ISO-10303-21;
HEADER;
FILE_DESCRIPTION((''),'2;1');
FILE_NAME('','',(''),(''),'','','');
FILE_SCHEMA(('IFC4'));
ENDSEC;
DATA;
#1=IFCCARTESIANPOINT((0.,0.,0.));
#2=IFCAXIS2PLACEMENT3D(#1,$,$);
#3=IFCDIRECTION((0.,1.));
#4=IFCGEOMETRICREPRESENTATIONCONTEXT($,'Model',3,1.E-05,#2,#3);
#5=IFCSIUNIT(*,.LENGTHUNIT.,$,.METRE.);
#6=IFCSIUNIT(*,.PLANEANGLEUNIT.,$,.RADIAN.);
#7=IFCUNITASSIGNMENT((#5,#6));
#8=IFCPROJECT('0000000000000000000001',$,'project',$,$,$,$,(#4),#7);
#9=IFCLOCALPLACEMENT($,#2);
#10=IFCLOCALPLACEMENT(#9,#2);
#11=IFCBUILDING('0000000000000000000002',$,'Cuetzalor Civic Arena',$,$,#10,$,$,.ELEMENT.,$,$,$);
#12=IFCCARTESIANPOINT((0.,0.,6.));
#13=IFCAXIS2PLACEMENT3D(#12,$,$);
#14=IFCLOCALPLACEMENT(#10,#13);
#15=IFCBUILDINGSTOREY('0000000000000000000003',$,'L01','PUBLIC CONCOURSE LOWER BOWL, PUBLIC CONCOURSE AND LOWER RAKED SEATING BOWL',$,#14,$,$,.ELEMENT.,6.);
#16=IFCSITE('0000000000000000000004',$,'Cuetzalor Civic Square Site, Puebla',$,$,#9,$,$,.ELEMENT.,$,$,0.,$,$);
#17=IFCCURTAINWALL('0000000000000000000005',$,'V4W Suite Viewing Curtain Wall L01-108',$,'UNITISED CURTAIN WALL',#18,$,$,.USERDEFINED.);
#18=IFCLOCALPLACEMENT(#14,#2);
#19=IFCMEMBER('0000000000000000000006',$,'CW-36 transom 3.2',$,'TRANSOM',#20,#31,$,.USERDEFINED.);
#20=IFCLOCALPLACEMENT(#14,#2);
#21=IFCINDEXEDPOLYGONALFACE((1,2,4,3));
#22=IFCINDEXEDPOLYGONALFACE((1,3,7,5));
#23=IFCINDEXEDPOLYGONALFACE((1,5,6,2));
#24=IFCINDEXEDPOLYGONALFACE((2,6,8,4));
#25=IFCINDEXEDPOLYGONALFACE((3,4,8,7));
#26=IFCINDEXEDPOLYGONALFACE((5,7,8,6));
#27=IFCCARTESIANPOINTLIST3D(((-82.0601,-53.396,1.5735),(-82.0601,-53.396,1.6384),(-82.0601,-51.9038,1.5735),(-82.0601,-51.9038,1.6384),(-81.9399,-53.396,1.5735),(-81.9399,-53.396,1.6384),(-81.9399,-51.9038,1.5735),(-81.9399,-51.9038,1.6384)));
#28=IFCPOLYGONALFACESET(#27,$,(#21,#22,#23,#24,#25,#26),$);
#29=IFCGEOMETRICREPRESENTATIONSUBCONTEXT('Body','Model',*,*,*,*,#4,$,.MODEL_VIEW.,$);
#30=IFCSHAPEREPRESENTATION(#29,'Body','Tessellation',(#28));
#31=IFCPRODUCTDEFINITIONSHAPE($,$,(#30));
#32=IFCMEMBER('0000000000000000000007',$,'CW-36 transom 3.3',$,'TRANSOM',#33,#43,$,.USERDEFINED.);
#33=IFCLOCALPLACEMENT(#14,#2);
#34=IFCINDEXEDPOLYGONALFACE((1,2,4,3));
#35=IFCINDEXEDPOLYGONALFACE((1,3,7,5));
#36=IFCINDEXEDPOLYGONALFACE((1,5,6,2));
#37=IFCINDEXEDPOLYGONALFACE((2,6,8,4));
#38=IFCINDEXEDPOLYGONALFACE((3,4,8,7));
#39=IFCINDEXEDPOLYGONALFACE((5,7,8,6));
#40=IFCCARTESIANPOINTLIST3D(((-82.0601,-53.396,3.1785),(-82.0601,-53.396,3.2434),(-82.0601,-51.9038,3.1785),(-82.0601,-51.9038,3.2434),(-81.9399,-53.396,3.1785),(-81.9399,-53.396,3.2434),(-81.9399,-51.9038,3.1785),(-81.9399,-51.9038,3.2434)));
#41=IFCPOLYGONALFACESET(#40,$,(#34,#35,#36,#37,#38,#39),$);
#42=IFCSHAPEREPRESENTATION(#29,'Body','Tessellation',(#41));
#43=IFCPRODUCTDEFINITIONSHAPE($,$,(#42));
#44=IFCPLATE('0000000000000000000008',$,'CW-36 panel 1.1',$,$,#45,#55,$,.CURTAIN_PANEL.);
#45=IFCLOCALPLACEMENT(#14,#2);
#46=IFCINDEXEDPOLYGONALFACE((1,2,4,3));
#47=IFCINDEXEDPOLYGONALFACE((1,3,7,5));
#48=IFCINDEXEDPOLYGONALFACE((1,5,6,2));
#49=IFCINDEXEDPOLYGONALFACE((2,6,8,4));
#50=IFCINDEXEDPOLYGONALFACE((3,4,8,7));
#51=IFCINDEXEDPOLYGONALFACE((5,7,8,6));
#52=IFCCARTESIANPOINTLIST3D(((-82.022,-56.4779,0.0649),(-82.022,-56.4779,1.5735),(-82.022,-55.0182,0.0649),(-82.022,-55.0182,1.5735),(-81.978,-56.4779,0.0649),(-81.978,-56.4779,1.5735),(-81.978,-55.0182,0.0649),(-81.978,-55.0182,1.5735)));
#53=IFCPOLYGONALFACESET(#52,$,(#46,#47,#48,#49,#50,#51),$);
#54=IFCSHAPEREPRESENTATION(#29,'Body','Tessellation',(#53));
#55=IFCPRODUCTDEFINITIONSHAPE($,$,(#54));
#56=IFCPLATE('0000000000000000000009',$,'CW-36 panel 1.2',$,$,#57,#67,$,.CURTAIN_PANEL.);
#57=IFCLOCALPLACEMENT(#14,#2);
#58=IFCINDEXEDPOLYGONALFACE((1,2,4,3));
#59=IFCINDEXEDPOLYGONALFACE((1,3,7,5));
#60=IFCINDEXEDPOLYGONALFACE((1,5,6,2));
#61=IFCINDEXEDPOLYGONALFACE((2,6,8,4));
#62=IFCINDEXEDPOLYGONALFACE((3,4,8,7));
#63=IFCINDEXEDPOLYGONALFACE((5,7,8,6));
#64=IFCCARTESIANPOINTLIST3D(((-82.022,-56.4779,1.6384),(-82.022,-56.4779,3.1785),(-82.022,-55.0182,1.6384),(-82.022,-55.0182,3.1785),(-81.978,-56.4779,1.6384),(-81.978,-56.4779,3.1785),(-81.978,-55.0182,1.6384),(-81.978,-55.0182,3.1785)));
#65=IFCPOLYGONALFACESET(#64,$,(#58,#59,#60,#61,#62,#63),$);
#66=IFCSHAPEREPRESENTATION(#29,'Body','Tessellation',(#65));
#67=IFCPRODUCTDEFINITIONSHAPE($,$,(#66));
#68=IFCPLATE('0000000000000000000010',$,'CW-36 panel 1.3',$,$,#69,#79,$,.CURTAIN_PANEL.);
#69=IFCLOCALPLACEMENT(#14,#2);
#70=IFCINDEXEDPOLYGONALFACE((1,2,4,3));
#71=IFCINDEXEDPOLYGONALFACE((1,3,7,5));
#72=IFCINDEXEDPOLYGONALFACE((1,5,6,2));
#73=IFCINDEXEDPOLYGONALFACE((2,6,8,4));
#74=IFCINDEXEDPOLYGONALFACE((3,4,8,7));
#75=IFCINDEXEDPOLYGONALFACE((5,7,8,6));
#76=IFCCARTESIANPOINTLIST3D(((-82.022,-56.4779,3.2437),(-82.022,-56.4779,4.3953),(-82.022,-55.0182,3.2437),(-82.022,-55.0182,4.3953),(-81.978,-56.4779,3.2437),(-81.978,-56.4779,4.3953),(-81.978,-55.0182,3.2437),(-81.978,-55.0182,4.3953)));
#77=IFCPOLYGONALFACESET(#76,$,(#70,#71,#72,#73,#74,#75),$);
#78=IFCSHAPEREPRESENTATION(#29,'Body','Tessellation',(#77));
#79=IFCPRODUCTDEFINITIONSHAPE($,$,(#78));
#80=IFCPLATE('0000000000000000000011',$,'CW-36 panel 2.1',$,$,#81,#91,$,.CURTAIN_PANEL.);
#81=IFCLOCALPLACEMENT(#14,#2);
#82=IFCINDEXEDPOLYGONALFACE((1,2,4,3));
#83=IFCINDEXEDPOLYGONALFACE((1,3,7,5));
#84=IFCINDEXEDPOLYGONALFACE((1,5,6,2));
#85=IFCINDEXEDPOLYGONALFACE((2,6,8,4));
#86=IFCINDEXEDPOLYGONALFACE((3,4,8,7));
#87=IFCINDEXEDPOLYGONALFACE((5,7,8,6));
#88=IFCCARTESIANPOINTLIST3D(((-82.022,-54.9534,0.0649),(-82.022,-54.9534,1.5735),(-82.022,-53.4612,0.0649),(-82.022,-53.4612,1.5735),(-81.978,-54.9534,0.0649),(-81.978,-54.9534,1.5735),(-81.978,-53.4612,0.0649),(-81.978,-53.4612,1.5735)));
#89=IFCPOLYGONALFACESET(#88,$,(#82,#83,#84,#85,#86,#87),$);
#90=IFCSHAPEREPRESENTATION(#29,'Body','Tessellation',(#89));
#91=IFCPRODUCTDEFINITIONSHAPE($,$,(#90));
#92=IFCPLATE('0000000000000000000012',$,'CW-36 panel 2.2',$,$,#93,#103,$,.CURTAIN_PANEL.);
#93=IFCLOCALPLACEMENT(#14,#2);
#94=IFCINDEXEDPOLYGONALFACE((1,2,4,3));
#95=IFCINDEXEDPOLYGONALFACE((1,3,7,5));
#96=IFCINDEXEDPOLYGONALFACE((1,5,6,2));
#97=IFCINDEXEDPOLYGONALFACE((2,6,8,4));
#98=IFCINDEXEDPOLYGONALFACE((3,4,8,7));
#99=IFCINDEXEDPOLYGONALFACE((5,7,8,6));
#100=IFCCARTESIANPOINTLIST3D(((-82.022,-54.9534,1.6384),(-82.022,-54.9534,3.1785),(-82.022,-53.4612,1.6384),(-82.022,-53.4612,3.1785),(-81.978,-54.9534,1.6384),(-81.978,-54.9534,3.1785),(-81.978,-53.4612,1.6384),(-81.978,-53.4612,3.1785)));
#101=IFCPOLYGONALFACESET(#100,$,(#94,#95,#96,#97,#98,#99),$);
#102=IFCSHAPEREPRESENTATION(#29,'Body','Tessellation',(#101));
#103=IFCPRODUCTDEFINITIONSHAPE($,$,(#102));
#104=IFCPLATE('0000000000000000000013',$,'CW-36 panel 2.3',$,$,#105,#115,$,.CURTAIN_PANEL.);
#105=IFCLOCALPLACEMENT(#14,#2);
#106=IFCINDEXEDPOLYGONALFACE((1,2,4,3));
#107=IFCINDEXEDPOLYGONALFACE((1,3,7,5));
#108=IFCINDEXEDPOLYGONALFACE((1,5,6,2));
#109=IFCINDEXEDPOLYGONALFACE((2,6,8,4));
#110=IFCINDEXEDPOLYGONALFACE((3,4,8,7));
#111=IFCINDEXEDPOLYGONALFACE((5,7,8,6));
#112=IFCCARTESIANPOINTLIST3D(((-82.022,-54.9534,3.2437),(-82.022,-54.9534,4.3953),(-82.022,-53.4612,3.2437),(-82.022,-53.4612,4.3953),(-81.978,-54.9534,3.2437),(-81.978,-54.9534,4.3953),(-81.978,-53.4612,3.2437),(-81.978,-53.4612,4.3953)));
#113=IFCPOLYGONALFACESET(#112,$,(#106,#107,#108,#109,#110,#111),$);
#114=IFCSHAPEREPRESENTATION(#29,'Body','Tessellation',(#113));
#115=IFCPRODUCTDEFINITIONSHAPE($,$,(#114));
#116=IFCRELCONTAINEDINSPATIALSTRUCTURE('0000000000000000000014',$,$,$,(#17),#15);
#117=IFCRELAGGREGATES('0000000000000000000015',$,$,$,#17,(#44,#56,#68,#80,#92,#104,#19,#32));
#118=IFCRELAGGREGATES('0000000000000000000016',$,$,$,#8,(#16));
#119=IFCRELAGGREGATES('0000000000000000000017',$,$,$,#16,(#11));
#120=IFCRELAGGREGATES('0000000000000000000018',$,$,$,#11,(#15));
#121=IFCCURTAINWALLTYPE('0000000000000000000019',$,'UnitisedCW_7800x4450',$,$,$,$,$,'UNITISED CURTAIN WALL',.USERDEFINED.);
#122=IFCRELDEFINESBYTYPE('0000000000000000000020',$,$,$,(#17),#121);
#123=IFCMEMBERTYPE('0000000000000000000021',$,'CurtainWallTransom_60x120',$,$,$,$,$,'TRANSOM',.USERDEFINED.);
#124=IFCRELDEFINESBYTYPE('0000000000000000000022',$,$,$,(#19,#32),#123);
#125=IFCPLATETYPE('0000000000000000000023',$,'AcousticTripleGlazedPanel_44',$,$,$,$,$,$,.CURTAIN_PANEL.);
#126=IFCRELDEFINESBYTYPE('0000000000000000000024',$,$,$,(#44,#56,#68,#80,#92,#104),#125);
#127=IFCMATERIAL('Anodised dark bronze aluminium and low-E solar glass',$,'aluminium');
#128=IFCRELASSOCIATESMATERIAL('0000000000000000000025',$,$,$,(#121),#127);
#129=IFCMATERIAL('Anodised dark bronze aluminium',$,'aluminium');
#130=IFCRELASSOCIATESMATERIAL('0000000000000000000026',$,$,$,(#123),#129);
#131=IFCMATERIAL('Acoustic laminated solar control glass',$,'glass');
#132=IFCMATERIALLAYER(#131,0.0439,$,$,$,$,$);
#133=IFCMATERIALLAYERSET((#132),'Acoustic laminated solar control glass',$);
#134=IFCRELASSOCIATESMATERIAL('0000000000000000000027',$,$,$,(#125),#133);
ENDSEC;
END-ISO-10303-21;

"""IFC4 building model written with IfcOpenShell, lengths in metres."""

from ifc_helpers import new_model, si_unit, direction, frame, origin, origin_2d, place, context, subcontext, project, spatial, rectangle, extrude, material, layer, layer_set, material_profile, profile_set, type_object, element, aggregate, save


model = new_model("IFC4")

# Units and contexts
model_context = context("Model", 3, precision=1e-05, world=origin(), true_north=direction((0.0, 1.0)))
body_context = subcontext(model_context, "Body", "Model", "MODEL_VIEW")
ifc_project = project(units=[si_unit("LENGTHUNIT", "METRE"), si_unit("PLANEANGLEUNIT", "RADIAN")], contexts=[model_context])

# Site, building, storey
site_placement = place(None, origin())
site = spatial("IfcSite", under=ifc_project, at=site_placement, Name="Cuetzalor Civic Square Site, Puebla", CompositionType="ELEMENT", RefElevation=0.0)
building_placement = place(site_placement, origin())
building = spatial("IfcBuilding", under=site, at=building_placement, Name="Cuetzalor Civic Arena", CompositionType="ELEMENT")
storey_placement = place(building_placement, frame((0.0, 0.0, 6.0)))
storey = spatial("IfcBuildingStorey", under=building, at=storey_placement, Name="L01", Description="PUBLIC CONCOURSE LOWER BOWL, PUBLIC CONCOURSE AND LOWER RAKED SEATING BOWL", CompositionType="ELEMENT", Elevation=6.0)

# Curtain wall, members, plates
ifc_material_1 = material(Name="Anodised dark bronze aluminium and low-E solar glass", Category="aluminium")
curtain_wall_type = type_object("IfcCurtainWallType", Name="UnitisedCW_7800x4450", ElementType="UNITISED CURTAIN WALL", PredefinedType="USERDEFINED", material=ifc_material_1)
curtain_wall_placement = place(storey_placement, origin())
curtain_wall = element("IfcCurtainWall", 1, at=curtain_wall_placement, inside=storey, type_object=curtain_wall_type, Name="V4W Suite Viewing Curtain Wall L01-108", ObjectType="UNITISED CURTAIN WALL", PredefinedType="USERDEFINED")
ifc_material_2 = material(Name="Anodised dark bronze aluminium", Category="aluminium")
ifc_material_profile_1 = material_profile(ifc_material_2, rectangle(XDim=0.1201, YDim=0.0649, at=origin_2d()), Name="ALU TRANSOM 65x120")
ifc_profile_set_1 = profile_set([ifc_material_profile_1], Name="Anodised dark bronze aluminium")
member_type_1 = type_object("IfcMemberType", Name="CurtainWallTransom_60x120", ElementType="TRANSOM", PredefinedType="USERDEFINED", material=ifc_profile_set_1)
member_1_placement = place(storey_placement, frame((-82.0, -53.396, 1.606), z_axis=(0.0, 1.0, 0.0), x_axis=(-1.0, 0.0, 0.0)))
member_1 = element("IfcMember", 2, at=member_1_placement, type_object=member_type_1, Name="CW-36 transom 3.2", ObjectType="TRANSOM", PredefinedType="USERDEFINED", context=body_context, shape_type="SweptSolid", body=[
    extrude(rectangle(XDim=0.1201, YDim=0.0649, at=origin_2d()), origin(), (0.0, 0.0, 1.0), 1.4922),
])
member_2_placement = place(storey_placement, frame((-82.0, -53.396, 3.2109), z_axis=(0.0, 1.0, 0.0), x_axis=(-1.0, 0.0, 0.0)))
member_2 = element("IfcMember", 3, at=member_2_placement, type_object=member_type_1, Name="CW-36 transom 3.3", ObjectType="TRANSOM", PredefinedType="USERDEFINED", context=body_context, shape_type="SweptSolid", body=[
    extrude(rectangle(XDim=0.1201, YDim=0.0649, at=origin_2d()), origin(), (0.0, 0.0, 1.0), 1.4922),
])
ifc_material_3 = material(Name="Acoustic laminated solar control glass", Category="glass")
ifc_layer = layer(ifc_material_3, 0.0439)
ifc_layer_set = layer_set([ifc_layer], Name="Acoustic laminated solar control glass")
plate_type = type_object("IfcPlateType", Name="AcousticTripleGlazedPanel_44", PredefinedType="CURTAIN_PANEL", material=ifc_layer_set)
plate_1_placement = place(storey_placement, frame((-82.0, -55.748, 0.0649), z_axis=(0.0, 0.0, 1.0), x_axis=(0.0, 1.0, 0.0)))
plate_1 = element("IfcPlate", 4, at=plate_1_placement, type_object=plate_type, Name="CW-36 panel 1.1", PredefinedType="CURTAIN_PANEL", context=body_context, shape_type="SweptSolid", body=[
    extrude(rectangle(XDim=1.4597, YDim=0.0439, at=origin_2d()), origin(), (0.0, 0.0, 1.0), 1.5085),
])
plate_2_placement = place(storey_placement, frame((-82.0, -55.748, 1.6384), z_axis=(0.0, 0.0, 1.0), x_axis=(0.0, 1.0, 0.0)))
plate_2 = element("IfcPlate", 5, at=plate_2_placement, type_object=plate_type, Name="CW-36 panel 1.2", PredefinedType="CURTAIN_PANEL", context=body_context, shape_type="SweptSolid", body=[
    extrude(rectangle(XDim=1.4597, YDim=0.0439, at=origin_2d()), origin(), (0.0, 0.0, 1.0), 1.54),
])
plate_3_placement = place(storey_placement, frame((-82.0, -55.748, 3.2437), z_axis=(0.0, 0.0, 1.0), x_axis=(0.0, 1.0, 0.0)))
plate_3 = element("IfcPlate", 6, at=plate_3_placement, type_object=plate_type, Name="CW-36 panel 1.3", PredefinedType="CURTAIN_PANEL", context=body_context, shape_type="SweptSolid", body=[
    extrude(rectangle(XDim=1.4597, YDim=0.0439, at=origin_2d()), origin(), (0.0, 0.0, 1.0), 1.1516),
])
plate_4_placement = place(storey_placement, frame((-82.0, -54.2073, 0.0649), z_axis=(0.0, 0.0, 1.0), x_axis=(0.0, 1.0, 0.0)))
plate_4 = element("IfcPlate", 7, at=plate_4_placement, type_object=plate_type, Name="CW-36 panel 2.1", PredefinedType="CURTAIN_PANEL", context=body_context, shape_type="SweptSolid", body=[
    extrude(rectangle(XDim=1.4922, YDim=0.0439, at=origin_2d()), origin(), (0.0, 0.0, 1.0), 1.5085),
])
plate_5_placement = place(storey_placement, frame((-82.0, -54.2073, 1.6384), z_axis=(0.0, 0.0, 1.0), x_axis=(0.0, 1.0, 0.0)))
plate_5 = element("IfcPlate", 8, at=plate_5_placement, type_object=plate_type, Name="CW-36 panel 2.2", PredefinedType="CURTAIN_PANEL", context=body_context, shape_type="SweptSolid", body=[
    extrude(rectangle(XDim=1.4922, YDim=0.0439, at=origin_2d()), origin(), (0.0, 0.0, 1.0), 1.54),
])
plate_6_placement = place(storey_placement, frame((-82.0, -54.2073, 3.2437), z_axis=(0.0, 0.0, 1.0), x_axis=(0.0, 1.0, 0.0)))
plate_6 = element("IfcPlate", 9, at=plate_6_placement, type_object=plate_type, Name="CW-36 panel 2.3", PredefinedType="CURTAIN_PANEL", context=body_context, shape_type="SweptSolid", body=[
    extrude(rectangle(XDim=1.4922, YDim=0.0439, at=origin_2d()), origin(), (0.0, 0.0, 1.0), 1.1516),
])
aggregate(curtain_wall, [plate_1, plate_2, plate_3, plate_4, plate_5, plate_6, member_1, member_2])

save(model, "model.ifc")
